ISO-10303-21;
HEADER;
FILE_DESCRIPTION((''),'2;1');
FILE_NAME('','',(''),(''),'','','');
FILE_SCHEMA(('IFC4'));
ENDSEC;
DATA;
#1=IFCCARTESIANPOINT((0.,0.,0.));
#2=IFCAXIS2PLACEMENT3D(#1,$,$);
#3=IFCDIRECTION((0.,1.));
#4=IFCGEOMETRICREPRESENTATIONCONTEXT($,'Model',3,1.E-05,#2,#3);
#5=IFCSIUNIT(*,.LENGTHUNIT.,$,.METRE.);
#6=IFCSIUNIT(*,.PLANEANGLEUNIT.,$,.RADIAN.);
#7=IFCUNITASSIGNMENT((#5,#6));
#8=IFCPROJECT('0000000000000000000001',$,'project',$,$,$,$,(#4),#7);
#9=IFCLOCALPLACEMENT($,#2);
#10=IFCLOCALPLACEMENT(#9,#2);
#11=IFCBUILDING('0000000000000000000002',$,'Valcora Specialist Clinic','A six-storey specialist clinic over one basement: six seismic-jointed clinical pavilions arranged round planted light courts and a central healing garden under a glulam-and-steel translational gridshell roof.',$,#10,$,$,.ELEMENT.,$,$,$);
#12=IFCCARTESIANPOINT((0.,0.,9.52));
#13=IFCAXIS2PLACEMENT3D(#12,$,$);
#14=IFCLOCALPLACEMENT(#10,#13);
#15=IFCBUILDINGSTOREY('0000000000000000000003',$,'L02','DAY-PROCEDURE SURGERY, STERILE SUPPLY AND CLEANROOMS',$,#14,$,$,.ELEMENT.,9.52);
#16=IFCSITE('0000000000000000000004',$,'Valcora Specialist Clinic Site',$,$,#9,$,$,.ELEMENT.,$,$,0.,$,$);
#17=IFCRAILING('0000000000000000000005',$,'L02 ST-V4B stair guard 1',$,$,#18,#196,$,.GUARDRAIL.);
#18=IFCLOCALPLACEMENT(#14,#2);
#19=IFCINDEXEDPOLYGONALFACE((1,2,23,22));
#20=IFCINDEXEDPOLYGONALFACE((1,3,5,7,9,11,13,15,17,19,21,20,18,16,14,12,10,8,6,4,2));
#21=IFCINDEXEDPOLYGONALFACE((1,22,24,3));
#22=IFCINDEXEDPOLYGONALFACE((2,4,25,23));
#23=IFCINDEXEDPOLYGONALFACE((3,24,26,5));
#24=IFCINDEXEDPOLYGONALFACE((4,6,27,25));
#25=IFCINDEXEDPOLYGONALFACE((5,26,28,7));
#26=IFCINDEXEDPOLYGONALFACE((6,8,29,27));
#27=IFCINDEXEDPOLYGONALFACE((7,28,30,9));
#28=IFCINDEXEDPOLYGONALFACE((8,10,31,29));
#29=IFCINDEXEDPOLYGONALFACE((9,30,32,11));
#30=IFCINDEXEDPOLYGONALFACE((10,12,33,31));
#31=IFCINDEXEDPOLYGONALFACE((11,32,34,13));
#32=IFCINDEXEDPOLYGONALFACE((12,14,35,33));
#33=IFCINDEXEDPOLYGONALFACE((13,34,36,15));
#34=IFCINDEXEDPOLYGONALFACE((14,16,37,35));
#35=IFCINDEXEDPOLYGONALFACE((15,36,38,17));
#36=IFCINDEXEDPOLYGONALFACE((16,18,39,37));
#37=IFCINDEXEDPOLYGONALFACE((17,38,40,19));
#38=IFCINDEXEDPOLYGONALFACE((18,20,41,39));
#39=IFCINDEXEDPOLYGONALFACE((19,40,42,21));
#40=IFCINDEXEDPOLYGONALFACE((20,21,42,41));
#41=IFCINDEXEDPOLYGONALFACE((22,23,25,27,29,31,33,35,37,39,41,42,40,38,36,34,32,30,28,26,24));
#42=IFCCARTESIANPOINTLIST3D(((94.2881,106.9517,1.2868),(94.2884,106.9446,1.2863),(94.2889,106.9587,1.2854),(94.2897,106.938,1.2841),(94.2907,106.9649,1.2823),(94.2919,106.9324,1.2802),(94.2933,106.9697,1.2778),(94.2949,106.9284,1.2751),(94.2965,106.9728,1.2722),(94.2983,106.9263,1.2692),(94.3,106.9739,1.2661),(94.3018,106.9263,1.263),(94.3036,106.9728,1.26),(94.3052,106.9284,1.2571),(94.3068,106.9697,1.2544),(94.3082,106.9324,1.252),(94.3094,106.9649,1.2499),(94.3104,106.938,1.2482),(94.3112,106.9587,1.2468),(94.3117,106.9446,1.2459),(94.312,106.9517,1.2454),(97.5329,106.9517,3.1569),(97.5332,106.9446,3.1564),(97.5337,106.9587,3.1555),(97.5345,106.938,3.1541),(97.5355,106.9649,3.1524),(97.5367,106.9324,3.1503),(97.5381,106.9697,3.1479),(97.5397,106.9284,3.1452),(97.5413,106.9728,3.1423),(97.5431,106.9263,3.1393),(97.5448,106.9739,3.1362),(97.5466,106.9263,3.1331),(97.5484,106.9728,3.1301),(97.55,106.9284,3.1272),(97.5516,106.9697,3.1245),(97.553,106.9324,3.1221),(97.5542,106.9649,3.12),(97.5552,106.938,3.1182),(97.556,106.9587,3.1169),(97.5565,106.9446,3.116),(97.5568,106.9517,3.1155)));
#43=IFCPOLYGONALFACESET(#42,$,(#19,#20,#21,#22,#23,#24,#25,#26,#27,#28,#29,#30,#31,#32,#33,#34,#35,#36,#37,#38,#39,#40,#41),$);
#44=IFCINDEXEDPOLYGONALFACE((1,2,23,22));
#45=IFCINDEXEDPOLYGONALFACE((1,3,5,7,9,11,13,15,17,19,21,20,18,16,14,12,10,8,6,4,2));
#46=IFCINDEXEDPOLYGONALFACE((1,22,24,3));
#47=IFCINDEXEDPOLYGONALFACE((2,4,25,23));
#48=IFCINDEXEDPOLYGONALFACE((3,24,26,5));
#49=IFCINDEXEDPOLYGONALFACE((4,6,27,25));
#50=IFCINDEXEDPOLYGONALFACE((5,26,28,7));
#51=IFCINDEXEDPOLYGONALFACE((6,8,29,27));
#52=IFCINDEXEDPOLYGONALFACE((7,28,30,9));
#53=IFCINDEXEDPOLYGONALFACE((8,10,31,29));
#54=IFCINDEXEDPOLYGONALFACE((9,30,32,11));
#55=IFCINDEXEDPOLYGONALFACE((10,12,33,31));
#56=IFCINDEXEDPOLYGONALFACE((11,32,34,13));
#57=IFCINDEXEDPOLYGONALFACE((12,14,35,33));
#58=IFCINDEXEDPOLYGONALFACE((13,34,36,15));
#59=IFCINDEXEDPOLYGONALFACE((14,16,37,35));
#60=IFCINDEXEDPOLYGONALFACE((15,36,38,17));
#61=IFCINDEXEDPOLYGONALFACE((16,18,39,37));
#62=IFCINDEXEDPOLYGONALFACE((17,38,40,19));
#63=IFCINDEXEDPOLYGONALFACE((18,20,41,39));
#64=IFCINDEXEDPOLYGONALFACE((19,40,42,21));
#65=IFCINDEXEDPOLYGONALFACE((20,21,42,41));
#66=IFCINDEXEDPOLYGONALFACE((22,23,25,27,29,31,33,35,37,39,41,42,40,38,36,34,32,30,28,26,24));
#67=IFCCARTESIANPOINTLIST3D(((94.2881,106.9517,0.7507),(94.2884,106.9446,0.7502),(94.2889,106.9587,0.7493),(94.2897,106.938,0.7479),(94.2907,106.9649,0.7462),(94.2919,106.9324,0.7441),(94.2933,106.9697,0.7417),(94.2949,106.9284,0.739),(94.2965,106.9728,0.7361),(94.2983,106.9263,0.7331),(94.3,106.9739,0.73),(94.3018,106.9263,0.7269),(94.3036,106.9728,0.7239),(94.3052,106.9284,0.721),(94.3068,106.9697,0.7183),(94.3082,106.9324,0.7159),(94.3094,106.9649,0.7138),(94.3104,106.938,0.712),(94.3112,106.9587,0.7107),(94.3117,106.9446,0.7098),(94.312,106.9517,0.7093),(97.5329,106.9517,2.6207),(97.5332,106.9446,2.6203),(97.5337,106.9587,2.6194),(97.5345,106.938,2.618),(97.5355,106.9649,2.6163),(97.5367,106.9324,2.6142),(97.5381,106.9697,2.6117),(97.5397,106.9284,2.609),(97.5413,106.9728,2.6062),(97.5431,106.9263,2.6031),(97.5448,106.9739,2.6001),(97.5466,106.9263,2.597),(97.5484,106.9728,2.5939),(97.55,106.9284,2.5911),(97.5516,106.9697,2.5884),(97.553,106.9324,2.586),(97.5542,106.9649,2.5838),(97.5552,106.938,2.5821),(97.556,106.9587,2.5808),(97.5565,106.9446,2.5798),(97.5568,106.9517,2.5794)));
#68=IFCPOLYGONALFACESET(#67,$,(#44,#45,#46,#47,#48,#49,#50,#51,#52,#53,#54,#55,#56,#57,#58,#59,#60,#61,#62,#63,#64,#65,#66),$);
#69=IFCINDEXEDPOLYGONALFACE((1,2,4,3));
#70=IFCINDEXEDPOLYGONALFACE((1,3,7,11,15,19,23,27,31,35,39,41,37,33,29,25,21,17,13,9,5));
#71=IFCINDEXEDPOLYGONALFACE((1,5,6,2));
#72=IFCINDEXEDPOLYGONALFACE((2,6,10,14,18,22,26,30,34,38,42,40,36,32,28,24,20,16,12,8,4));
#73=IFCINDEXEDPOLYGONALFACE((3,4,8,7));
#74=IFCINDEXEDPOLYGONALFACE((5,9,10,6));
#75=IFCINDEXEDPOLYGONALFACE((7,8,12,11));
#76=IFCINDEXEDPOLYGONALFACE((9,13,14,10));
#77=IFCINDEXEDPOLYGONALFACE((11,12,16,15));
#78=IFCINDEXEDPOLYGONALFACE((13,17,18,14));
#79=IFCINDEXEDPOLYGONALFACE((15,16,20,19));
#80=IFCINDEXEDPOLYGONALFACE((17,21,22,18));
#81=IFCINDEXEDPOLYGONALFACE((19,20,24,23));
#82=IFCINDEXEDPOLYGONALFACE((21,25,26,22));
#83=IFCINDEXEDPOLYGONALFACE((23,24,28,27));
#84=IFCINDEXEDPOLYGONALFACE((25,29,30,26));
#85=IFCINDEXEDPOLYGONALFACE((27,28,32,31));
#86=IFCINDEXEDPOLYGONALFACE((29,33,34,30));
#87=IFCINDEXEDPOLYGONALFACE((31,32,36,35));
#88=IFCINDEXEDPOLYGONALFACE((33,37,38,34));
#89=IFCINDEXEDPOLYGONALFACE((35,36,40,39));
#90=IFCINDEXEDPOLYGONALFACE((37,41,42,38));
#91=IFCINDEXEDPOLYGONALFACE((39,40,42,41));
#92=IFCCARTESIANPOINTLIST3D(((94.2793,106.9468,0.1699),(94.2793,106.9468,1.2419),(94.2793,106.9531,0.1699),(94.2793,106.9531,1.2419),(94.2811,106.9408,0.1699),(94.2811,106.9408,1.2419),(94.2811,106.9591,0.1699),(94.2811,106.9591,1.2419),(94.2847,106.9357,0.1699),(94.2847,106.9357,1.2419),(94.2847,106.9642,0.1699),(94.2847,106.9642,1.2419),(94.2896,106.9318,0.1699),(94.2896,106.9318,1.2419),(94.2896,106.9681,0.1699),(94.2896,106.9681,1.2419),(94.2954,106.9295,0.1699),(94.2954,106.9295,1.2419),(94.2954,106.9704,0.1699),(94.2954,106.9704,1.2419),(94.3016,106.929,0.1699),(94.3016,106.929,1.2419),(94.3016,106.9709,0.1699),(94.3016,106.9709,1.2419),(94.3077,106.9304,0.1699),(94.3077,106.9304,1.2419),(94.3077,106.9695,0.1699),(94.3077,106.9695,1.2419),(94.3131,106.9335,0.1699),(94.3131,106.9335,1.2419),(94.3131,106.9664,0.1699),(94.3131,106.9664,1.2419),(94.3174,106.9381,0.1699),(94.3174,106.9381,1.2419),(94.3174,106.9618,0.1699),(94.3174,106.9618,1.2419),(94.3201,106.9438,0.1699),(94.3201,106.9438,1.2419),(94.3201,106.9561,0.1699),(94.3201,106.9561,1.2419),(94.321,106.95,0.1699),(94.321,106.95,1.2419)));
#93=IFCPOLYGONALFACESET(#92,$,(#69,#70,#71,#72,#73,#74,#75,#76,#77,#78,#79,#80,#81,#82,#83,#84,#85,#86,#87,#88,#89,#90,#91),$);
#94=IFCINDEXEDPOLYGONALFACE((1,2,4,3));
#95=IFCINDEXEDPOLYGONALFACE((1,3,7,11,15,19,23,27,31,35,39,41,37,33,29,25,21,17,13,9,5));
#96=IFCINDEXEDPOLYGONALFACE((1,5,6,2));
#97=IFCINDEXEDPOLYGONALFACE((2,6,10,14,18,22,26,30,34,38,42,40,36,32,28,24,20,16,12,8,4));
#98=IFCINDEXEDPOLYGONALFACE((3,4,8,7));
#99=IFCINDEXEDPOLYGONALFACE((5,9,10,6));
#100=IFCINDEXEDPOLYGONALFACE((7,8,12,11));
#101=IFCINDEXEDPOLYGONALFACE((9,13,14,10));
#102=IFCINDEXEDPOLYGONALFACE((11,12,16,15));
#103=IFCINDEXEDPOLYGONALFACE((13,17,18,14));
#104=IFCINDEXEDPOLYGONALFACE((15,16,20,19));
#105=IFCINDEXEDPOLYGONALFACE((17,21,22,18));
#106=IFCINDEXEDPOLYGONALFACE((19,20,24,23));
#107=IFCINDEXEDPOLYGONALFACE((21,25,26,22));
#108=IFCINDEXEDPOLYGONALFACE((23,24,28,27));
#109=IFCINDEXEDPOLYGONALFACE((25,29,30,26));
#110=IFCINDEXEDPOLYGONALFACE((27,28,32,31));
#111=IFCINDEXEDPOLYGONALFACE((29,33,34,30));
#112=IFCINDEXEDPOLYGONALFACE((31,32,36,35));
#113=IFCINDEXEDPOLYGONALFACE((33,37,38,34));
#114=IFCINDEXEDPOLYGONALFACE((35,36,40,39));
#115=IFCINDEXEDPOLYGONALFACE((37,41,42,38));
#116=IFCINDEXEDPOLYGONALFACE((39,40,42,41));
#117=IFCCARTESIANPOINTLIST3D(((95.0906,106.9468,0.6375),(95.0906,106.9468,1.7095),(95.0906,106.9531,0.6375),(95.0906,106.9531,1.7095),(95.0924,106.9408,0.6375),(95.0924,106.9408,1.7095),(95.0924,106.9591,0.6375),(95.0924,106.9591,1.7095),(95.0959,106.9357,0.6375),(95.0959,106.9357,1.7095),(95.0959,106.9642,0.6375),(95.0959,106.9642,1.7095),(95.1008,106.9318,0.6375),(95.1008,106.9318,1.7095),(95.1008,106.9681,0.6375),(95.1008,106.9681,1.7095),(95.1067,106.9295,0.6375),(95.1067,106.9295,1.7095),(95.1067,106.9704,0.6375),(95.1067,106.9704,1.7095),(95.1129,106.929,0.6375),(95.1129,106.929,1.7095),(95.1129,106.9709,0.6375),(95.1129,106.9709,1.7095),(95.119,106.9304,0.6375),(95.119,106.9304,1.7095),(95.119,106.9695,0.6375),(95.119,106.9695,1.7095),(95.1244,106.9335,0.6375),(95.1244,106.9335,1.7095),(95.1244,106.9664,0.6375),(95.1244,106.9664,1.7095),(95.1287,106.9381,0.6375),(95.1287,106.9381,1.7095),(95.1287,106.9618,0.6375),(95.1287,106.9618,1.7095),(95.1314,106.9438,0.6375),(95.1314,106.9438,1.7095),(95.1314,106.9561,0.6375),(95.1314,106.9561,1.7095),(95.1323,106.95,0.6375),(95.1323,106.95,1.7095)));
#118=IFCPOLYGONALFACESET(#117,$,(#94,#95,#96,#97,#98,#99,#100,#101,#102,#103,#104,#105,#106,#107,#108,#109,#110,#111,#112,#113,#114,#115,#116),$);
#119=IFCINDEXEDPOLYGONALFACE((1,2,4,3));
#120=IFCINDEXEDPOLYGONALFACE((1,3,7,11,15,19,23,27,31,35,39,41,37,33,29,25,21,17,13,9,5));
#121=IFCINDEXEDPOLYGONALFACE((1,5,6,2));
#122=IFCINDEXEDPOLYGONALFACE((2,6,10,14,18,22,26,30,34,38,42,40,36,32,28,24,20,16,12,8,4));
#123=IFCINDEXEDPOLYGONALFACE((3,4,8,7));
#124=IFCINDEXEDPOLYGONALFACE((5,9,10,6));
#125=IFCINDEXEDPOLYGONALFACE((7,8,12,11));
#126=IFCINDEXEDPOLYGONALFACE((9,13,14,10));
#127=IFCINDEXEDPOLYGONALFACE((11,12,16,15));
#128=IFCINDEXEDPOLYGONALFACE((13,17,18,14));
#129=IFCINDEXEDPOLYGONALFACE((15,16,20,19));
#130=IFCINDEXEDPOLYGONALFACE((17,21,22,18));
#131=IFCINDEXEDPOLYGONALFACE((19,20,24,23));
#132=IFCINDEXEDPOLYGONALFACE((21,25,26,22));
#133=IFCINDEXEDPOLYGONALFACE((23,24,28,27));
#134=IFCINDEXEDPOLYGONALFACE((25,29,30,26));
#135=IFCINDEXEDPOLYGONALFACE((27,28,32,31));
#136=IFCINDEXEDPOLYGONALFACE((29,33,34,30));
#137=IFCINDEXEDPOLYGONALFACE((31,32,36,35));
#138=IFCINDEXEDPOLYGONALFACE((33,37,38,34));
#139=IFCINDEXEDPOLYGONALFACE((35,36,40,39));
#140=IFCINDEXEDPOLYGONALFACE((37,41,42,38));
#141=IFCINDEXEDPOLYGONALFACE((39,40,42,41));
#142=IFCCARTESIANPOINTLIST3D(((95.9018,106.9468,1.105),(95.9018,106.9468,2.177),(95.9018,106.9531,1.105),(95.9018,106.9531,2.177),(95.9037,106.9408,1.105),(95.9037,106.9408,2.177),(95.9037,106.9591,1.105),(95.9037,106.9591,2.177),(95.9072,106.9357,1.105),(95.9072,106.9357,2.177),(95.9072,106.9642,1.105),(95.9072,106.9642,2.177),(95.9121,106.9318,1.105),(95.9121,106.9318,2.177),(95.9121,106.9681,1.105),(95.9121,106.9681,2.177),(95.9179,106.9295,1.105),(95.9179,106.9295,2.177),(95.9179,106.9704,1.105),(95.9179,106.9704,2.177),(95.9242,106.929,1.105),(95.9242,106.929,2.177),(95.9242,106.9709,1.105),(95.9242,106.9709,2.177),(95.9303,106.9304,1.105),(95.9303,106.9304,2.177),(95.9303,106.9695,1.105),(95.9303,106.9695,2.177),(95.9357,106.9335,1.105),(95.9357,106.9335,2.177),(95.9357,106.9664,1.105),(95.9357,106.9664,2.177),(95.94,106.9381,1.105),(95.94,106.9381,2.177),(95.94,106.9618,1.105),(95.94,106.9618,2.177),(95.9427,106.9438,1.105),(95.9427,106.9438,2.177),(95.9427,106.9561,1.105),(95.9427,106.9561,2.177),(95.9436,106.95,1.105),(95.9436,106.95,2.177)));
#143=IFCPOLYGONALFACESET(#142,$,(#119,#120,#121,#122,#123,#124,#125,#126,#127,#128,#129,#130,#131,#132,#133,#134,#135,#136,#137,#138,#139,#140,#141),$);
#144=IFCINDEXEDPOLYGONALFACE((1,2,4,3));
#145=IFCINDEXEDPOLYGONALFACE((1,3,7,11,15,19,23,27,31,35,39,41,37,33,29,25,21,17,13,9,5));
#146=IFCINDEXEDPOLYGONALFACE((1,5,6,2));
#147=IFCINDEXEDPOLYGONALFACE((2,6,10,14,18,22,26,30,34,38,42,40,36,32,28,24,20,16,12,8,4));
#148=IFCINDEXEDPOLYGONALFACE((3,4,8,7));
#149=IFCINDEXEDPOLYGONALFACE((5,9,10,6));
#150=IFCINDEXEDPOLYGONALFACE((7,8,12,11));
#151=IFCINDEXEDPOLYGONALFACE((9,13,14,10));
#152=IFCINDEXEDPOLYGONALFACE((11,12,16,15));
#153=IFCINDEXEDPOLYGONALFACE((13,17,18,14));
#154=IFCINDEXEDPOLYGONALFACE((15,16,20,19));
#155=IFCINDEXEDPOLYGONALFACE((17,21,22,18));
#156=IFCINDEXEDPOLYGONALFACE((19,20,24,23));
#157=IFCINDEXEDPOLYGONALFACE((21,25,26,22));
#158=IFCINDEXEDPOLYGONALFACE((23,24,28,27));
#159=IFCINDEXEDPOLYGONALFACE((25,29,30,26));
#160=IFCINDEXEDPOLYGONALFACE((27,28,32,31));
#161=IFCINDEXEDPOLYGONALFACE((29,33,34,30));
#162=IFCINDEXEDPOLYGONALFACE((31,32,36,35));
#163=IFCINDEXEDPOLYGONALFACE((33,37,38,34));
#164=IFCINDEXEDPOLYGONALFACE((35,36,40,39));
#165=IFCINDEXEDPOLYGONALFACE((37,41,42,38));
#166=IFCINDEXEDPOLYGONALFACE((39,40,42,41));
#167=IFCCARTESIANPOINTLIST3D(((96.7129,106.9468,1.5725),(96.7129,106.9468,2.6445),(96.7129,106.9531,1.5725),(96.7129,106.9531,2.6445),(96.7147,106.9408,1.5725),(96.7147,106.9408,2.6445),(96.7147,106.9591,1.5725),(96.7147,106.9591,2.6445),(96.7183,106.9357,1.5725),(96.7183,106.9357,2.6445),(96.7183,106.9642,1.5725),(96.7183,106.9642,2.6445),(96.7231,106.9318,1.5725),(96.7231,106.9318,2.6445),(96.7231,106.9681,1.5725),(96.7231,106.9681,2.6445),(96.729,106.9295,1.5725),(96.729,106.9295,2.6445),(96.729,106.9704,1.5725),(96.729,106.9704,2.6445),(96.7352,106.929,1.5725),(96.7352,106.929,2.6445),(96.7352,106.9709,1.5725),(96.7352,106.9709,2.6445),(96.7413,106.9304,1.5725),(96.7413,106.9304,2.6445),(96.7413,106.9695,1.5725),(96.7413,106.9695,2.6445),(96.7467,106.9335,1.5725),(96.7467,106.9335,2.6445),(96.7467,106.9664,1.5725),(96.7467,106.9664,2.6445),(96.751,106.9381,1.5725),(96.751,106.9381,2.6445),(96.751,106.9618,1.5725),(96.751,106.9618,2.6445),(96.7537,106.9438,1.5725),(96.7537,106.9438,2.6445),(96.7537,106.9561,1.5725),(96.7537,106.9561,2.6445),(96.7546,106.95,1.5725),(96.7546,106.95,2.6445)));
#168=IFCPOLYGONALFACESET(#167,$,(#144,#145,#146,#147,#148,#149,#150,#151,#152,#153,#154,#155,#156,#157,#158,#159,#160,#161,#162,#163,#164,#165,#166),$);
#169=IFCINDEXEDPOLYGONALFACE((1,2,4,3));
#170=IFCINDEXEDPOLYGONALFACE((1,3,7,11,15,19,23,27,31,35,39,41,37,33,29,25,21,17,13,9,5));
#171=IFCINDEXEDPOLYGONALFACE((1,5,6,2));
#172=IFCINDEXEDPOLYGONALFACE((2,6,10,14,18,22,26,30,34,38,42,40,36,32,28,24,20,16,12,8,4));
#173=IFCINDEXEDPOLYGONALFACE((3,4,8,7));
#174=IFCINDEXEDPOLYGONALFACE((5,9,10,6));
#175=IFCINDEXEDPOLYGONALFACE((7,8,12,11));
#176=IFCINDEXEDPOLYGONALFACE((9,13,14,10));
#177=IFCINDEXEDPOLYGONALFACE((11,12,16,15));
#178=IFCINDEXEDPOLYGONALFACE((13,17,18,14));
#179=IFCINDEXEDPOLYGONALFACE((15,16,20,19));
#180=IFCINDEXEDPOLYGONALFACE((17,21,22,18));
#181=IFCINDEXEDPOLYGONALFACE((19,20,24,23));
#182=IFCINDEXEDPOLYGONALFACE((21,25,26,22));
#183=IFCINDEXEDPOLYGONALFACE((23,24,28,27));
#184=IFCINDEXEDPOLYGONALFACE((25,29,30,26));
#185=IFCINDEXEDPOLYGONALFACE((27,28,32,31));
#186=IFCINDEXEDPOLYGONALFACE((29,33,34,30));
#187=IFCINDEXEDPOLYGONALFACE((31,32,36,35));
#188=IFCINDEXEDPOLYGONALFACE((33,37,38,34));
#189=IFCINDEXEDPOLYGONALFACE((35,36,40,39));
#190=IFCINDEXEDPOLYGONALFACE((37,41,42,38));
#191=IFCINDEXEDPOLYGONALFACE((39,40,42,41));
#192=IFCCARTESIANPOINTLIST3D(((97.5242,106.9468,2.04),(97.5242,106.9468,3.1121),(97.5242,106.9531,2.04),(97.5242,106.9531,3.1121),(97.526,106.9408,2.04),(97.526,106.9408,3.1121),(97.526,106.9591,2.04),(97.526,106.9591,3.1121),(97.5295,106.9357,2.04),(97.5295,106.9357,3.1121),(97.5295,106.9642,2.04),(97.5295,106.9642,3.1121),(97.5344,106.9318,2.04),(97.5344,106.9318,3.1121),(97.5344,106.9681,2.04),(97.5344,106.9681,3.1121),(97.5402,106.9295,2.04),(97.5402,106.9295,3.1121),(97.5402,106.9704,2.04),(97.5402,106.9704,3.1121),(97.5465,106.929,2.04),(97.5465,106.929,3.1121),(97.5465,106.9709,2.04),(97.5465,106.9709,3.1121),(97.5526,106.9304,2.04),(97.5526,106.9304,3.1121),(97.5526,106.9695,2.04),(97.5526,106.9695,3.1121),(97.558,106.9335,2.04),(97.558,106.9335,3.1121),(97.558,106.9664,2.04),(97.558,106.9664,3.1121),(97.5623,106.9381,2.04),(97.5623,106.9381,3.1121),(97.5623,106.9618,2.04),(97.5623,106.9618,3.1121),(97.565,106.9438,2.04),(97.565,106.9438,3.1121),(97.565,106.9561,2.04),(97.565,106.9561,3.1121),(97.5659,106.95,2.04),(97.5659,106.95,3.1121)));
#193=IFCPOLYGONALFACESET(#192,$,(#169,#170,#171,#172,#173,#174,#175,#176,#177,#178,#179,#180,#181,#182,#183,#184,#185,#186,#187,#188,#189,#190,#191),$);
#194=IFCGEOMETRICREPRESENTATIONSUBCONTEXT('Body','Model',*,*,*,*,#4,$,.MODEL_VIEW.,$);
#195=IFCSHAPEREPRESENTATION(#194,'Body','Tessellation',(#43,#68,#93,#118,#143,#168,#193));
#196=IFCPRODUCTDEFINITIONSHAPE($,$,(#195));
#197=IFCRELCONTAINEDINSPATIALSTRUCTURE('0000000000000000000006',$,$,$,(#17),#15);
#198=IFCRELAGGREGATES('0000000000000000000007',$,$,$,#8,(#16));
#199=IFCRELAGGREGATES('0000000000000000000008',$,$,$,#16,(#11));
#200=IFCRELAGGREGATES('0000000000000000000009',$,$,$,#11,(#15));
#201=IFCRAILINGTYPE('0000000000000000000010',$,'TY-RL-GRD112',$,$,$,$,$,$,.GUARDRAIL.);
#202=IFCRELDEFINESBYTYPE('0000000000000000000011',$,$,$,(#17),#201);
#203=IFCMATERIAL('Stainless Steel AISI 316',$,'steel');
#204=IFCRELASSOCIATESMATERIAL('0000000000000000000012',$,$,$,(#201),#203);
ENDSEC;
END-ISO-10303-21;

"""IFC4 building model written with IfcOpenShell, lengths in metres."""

from ifc_helpers import new_model, si_unit, direction, frame, origin, origin_2d, place, context, subcontext, project, spatial, circle, extrude, material, type_object, element, save


model = new_model("IFC4")

# Units and contexts
model_context = context("Model", 3, precision=1e-05, world=origin(), true_north=direction((0.0, 1.0)))
body_context = subcontext(model_context, "Body", "Model", "MODEL_VIEW")
ifc_project = project(units=[si_unit("LENGTHUNIT", "METRE"), si_unit("PLANEANGLEUNIT", "RADIAN")], contexts=[model_context])

# Site, building, storey
site_placement = place(None, origin())
site = spatial("IfcSite", under=ifc_project, at=site_placement, Name="Valcora Specialist Clinic Site", CompositionType="ELEMENT", RefElevation=0.0)
building_placement = place(site_placement, origin())
building = spatial("IfcBuilding", under=site, at=building_placement, Name="Valcora Specialist Clinic", Description="A six-storey specialist clinic over one basement: six seismic-jointed clinical pavilions arranged round planted light courts and a central healing garden under a glulam-and-steel translational gridshell roof.", CompositionType="ELEMENT")
storey_placement = place(building_placement, frame((0.0, 0.0, 9.52)))
storey = spatial("IfcBuildingStorey", under=building, at=storey_placement, Name="L02", Description="DAY-PROCEDURE SURGERY, STERILE SUPPLY AND CLEANROOMS", CompositionType="ELEMENT", Elevation=9.52)

# Railing
ifc_material_1 = material(Name="Stainless Steel AISI 316", Category="steel")
railing_type_1 = type_object("IfcRailingType", Name="TY-RL-GRD112", PredefinedType="GUARDRAIL", material=ifc_material_1)
railing_1_placement = place(storey_placement, frame((94.3, 106.95, 0.1699)))
element("IfcRailing", 1, at=railing_1_placement, inside=storey, type_object=railing_type_1, Name="L02 ST-V4B stair guard 1", PredefinedType="GUARDRAIL", context=body_context, shape_type="SweptSolid", body=[
    extrude(circle(Radius=0.0239, at=origin_2d()), frame((0.0, 0.0, 1.0962), z_axis=(0.866408, 0.0, 0.499337), x_axis=(0.0, 1.0, 0.0)), (0.0, 0.0, 1.0), 3.7451),
    extrude(circle(Radius=0.0239, at=origin_2d()), frame((0.0, 0.0, 0.5601), z_axis=(0.866408, 0.0, 0.499337), x_axis=(0.0, 1.0, 0.0)), (0.0, 0.0, 1.0), 3.7451),
    extrude(circle(Radius=0.021, at=origin_2d()), origin(), (0.0, 0.0, 1.0), 1.072),
    extrude(circle(Radius=0.021, at=origin_2d()), frame((0.8113, 0.0, 0.4675)), (0.0, 0.0, 1.0), 1.072),
    extrude(circle(Radius=0.021, at=origin_2d()), frame((1.6226, 0.0, 0.9351)), (0.0, 0.0, 1.0), 1.072),
    extrude(circle(Radius=0.021, at=origin_2d()), frame((2.4336, 0.0, 1.4026)), (0.0, 0.0, 1.0), 1.072),
    extrude(circle(Radius=0.021, at=origin_2d()), frame((3.2449, 0.0, 1.8701)), (0.0, 0.0, 1.0), 1.072),
])

save(model, "model.ifc")
